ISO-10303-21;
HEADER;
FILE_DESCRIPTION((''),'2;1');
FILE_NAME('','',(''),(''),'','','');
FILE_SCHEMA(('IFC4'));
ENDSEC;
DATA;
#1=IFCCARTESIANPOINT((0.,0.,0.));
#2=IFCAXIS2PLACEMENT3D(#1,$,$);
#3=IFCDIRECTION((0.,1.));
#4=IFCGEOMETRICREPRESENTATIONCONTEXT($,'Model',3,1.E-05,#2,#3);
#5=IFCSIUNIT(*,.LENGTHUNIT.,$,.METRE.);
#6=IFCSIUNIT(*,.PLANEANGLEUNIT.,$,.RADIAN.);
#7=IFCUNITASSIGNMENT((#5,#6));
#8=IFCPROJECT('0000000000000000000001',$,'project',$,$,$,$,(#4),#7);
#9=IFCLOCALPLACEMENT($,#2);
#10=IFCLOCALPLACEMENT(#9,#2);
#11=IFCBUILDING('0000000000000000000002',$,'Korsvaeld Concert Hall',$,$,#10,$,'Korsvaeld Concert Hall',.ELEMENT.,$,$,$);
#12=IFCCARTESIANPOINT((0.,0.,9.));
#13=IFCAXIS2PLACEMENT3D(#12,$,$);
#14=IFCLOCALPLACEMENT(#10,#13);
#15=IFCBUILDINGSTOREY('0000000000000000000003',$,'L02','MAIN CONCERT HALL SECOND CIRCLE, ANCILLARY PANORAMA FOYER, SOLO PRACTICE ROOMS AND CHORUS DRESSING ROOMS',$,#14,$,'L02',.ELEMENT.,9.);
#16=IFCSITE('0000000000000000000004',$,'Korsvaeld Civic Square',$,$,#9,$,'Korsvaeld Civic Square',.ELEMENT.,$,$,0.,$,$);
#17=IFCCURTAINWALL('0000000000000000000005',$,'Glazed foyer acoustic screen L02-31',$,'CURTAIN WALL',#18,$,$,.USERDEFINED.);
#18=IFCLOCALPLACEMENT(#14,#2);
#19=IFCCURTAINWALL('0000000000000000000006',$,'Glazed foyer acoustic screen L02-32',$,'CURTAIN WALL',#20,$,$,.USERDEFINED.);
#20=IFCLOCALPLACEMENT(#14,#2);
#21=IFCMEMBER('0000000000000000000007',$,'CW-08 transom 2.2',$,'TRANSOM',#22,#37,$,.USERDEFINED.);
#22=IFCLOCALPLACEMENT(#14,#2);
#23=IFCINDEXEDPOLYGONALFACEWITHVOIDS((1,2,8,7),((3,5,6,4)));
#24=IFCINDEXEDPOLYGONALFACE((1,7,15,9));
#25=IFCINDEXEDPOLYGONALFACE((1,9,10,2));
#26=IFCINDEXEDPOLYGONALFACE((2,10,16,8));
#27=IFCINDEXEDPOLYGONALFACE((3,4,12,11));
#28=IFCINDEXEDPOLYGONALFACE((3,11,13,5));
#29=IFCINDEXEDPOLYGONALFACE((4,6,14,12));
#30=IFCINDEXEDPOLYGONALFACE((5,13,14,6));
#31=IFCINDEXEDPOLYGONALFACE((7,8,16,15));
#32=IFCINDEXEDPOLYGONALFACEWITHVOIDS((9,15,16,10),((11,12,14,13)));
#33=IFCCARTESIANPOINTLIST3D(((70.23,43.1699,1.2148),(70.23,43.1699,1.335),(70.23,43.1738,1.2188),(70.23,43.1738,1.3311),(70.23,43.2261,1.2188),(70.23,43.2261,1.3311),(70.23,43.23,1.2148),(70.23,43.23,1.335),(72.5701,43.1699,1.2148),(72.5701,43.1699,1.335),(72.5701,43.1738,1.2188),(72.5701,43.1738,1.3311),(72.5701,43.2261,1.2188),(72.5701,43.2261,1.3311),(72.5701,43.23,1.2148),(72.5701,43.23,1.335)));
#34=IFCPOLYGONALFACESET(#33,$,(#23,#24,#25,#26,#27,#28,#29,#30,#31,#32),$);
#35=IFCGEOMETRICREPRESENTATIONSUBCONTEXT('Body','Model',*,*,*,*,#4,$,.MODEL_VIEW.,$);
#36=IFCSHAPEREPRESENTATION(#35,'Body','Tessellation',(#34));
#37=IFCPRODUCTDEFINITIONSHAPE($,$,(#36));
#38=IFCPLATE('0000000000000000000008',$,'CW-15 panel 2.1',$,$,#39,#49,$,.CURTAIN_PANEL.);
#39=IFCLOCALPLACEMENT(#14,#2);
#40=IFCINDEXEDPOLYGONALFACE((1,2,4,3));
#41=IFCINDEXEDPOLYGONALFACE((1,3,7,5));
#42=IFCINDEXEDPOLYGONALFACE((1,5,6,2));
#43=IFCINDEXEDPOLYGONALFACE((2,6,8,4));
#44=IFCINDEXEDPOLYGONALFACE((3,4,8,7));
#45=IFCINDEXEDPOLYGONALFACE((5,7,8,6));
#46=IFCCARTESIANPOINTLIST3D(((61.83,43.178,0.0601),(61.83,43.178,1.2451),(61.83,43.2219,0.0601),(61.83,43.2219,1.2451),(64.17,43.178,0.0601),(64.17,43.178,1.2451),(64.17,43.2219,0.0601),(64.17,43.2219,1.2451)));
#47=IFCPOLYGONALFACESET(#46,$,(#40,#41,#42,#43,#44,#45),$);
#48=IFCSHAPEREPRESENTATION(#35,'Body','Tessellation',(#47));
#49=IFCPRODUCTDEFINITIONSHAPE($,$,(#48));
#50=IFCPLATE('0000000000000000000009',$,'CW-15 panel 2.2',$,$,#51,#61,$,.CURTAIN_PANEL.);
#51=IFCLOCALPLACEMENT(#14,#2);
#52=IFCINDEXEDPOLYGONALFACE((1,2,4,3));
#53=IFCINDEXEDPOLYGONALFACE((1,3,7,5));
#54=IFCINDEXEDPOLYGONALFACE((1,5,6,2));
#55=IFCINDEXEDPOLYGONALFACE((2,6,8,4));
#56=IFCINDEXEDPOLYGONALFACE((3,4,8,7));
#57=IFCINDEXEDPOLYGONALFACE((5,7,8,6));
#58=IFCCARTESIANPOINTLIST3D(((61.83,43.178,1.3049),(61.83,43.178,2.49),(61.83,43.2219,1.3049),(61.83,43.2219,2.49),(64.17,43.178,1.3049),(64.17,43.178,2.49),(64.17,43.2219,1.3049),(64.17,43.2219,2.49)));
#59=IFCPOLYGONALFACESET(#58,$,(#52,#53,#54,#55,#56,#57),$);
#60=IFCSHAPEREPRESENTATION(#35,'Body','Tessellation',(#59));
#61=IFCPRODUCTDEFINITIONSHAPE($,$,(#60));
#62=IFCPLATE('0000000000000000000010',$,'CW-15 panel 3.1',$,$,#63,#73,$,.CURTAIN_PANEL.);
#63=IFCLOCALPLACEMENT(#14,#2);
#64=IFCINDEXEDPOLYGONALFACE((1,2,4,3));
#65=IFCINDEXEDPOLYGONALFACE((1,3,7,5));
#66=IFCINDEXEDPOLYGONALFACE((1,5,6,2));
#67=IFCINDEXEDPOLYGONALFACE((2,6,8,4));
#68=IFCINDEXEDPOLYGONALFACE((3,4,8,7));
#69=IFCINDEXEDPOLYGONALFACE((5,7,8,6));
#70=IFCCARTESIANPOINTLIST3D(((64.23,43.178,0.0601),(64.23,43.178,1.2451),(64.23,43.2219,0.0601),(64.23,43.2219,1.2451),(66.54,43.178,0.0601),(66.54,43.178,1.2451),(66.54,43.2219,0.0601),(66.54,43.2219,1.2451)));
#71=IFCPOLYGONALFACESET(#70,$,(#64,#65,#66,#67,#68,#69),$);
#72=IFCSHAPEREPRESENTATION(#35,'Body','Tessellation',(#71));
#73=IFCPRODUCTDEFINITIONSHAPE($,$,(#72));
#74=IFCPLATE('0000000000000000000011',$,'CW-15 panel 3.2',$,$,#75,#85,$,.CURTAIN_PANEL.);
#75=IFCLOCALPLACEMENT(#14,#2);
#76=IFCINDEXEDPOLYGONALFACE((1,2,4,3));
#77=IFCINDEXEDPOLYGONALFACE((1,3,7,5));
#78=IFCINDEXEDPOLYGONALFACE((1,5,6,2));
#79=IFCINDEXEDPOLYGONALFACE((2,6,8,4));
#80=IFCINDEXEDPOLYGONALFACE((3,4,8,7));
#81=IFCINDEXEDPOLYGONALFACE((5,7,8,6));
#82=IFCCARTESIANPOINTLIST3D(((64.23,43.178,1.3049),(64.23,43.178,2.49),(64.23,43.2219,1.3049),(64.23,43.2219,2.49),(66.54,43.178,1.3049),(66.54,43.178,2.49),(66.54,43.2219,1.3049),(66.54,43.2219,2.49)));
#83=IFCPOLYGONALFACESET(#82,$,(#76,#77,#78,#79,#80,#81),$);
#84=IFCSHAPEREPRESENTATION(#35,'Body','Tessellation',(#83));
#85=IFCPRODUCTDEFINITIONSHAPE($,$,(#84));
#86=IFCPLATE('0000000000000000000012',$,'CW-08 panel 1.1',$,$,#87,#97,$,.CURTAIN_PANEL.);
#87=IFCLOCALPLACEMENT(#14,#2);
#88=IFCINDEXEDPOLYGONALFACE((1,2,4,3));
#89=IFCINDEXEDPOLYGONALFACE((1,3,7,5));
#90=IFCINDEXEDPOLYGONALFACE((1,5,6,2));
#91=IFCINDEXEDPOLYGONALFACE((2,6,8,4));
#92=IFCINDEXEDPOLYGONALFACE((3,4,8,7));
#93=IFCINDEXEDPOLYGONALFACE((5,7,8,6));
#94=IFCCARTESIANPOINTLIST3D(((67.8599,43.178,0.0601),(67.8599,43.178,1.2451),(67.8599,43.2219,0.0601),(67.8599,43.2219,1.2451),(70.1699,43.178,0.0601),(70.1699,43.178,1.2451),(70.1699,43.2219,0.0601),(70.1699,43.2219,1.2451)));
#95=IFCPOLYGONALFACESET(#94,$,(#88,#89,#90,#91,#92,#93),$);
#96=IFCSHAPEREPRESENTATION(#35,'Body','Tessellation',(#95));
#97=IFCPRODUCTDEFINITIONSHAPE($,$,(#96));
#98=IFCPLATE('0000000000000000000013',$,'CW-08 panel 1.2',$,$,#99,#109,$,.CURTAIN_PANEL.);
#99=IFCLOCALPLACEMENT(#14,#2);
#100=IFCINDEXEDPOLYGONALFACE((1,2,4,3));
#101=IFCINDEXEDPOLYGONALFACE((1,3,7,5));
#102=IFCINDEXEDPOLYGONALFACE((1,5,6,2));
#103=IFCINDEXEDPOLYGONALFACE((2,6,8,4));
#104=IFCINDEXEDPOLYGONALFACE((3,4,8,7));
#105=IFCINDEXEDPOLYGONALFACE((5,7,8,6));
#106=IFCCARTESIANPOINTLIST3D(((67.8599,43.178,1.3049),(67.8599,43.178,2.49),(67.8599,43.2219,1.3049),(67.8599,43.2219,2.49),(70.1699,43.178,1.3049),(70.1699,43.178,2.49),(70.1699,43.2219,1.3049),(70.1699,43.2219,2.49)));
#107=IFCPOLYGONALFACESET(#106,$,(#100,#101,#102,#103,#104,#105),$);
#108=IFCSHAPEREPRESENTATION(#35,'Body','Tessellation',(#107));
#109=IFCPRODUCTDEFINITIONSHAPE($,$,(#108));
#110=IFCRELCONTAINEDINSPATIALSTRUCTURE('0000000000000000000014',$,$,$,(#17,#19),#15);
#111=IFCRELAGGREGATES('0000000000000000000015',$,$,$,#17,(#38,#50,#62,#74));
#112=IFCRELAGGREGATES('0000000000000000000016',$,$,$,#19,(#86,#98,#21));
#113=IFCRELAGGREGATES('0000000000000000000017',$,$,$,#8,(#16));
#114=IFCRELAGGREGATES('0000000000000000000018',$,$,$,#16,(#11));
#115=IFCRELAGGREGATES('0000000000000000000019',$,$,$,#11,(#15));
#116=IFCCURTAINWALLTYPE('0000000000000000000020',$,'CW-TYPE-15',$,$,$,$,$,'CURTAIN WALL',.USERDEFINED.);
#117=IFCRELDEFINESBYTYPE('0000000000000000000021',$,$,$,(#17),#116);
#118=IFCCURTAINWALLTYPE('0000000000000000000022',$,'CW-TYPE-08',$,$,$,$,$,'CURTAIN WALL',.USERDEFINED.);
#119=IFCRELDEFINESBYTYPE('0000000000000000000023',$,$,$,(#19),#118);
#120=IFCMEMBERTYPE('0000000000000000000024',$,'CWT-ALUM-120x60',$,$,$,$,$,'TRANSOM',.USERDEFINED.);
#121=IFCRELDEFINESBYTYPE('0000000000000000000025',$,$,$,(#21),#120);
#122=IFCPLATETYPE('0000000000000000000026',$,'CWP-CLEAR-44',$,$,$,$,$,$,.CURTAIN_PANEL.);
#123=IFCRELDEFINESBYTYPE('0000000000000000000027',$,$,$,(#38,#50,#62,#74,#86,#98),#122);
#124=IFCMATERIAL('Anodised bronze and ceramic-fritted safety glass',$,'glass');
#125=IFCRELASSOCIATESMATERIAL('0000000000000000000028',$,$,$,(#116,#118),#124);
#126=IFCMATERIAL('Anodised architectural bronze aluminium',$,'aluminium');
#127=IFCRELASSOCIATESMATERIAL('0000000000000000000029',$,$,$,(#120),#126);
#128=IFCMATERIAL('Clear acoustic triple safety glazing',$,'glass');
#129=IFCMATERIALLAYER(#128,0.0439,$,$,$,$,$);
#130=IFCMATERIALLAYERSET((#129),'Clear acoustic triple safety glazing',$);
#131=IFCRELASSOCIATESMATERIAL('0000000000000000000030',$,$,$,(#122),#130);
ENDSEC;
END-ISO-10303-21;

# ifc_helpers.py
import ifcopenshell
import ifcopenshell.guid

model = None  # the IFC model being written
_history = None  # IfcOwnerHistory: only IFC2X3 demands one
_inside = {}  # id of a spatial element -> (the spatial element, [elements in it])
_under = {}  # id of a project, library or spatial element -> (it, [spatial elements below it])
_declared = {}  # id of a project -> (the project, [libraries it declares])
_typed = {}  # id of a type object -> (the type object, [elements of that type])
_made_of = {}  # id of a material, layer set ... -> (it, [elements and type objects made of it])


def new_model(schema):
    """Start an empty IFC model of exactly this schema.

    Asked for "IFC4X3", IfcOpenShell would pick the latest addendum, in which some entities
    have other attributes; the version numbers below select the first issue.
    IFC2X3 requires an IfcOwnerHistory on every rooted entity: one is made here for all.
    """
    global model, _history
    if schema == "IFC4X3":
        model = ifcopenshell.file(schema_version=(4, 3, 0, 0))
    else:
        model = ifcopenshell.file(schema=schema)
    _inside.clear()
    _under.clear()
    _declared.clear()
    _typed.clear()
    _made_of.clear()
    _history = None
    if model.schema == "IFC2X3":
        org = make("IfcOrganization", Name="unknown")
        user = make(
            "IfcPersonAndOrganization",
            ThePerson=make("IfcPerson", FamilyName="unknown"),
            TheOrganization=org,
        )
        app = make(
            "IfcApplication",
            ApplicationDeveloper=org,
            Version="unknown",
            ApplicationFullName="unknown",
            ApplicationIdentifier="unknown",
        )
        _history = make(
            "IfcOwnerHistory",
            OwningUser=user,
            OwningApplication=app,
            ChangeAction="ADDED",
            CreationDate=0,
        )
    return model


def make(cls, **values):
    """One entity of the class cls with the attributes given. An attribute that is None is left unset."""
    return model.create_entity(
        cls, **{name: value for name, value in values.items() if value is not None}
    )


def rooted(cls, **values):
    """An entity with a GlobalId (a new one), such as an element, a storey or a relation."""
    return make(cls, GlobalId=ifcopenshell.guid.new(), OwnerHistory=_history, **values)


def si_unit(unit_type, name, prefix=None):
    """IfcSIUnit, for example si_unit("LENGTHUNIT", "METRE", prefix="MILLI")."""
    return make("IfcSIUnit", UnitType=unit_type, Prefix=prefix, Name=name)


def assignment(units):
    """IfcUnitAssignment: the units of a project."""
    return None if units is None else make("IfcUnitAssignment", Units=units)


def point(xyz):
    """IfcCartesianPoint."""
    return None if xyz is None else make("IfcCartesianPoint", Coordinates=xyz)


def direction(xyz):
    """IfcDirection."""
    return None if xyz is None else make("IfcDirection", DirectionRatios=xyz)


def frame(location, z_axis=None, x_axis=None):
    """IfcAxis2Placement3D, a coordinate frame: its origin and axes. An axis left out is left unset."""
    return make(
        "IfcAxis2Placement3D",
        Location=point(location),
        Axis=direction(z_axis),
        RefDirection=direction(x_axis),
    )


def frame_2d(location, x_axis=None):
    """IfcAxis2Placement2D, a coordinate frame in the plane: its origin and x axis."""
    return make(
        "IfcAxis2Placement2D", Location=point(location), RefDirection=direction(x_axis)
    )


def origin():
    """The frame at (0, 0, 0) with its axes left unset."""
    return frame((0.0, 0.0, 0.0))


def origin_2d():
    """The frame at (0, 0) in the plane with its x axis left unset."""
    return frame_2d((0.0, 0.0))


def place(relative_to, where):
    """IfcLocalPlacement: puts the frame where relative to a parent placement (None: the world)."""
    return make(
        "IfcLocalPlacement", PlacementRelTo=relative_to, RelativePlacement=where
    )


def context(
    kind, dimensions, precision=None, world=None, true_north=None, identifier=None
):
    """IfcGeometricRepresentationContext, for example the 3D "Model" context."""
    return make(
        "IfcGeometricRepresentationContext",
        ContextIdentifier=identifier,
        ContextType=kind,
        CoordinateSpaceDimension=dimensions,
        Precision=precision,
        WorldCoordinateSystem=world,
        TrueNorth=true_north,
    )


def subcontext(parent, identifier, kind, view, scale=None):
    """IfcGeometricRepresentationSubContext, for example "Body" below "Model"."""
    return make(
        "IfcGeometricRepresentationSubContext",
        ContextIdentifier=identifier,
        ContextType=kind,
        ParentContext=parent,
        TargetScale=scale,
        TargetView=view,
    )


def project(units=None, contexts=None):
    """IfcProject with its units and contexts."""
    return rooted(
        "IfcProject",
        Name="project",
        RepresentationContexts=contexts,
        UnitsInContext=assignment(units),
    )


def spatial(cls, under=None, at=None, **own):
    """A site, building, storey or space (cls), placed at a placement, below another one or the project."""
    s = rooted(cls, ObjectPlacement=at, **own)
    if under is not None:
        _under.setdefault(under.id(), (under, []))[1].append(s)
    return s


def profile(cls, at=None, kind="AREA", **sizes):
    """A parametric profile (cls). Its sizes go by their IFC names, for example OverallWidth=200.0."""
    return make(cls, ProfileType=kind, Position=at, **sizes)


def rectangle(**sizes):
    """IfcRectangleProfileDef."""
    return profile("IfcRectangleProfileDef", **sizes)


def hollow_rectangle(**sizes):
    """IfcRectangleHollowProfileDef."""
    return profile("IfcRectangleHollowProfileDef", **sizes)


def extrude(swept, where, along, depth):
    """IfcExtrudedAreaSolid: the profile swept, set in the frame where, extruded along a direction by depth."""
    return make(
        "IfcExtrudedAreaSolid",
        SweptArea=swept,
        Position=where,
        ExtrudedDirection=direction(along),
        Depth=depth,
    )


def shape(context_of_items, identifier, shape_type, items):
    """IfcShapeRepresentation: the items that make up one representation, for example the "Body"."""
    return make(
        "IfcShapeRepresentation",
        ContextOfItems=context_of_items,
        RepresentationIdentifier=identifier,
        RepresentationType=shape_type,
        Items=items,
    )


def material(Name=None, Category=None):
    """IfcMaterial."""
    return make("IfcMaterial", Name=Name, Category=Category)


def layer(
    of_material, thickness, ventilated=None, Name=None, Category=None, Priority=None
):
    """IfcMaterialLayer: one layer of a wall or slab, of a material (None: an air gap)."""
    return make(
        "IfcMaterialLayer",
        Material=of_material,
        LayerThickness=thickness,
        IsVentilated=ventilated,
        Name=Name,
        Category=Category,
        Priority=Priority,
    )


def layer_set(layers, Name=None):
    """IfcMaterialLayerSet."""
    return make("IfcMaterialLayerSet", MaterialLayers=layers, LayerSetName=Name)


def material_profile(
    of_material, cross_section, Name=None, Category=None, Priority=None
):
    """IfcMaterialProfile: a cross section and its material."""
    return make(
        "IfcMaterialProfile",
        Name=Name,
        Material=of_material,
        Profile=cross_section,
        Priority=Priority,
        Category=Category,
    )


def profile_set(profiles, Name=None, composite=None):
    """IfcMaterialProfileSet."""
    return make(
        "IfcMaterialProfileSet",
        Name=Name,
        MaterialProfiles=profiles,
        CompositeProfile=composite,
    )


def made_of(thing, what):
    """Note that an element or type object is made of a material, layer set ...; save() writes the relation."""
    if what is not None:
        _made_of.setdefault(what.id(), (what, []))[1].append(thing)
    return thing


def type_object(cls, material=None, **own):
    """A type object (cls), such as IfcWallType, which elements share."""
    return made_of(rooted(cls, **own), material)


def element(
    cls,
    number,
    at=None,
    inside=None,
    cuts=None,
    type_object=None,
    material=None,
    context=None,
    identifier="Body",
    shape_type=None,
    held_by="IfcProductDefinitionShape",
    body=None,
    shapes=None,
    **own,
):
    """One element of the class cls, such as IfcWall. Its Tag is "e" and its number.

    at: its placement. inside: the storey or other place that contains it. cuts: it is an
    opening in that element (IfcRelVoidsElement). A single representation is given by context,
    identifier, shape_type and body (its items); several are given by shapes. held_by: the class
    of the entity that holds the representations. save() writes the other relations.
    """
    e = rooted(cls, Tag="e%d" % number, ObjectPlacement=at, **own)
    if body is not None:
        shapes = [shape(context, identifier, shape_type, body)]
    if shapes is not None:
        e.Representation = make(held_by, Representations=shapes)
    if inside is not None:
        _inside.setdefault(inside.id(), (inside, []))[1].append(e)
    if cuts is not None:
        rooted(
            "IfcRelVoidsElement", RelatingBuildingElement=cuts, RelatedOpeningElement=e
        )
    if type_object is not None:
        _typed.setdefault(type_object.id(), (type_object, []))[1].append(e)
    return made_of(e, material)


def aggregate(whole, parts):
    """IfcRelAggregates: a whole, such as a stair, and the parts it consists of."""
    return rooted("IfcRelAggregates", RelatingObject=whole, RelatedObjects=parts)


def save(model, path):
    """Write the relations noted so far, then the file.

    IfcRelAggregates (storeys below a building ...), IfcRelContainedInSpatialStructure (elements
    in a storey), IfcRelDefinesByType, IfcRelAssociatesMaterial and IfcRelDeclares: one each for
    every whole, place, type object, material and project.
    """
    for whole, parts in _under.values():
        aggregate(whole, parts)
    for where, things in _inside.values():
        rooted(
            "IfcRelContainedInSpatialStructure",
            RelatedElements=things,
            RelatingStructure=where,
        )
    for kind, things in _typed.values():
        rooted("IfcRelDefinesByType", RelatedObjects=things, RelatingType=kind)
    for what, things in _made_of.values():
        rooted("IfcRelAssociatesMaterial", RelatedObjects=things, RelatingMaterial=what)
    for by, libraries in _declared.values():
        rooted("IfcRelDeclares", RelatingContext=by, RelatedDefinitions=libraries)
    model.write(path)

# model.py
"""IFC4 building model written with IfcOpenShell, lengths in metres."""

from ifc_helpers import new_model, si_unit, direction, frame, origin, origin_2d, place, context, subcontext, project, spatial, rectangle, hollow_rectangle, extrude, material, layer, layer_set, material_profile, profile_set, type_object, element, aggregate, save


model = new_model("IFC4")

# Units and contexts
model_context = context("Model", 3, precision=1e-05, world=origin(), true_north=direction((0.0, 1.0)))
body_context = subcontext(model_context, "Body", "Model", "MODEL_VIEW")
ifc_project = project(units=[si_unit("LENGTHUNIT", "METRE"), si_unit("PLANEANGLEUNIT", "RADIAN")], contexts=[model_context])

# Site, building, storey
site_placement = place(None, origin())
site = spatial("IfcSite", under=ifc_project, at=site_placement, Name="Korsvaeld Civic Square", LongName="Korsvaeld Civic Square", CompositionType="ELEMENT", RefElevation=0.0)
building_placement = place(site_placement, origin())
building = spatial("IfcBuilding", under=site, at=building_placement, Name="Korsvaeld Concert Hall", LongName="Korsvaeld Concert Hall", CompositionType="ELEMENT")
storey_placement = place(building_placement, frame((0.0, 0.0, 9.0)))
storey = spatial("IfcBuildingStorey", under=building, at=storey_placement, Name="L02", Description="MAIN CONCERT HALL SECOND CIRCLE, ANCILLARY PANORAMA FOYER, SOLO PRACTICE ROOMS AND CHORUS DRESSING ROOMS", LongName="L02", CompositionType="ELEMENT", Elevation=9.0)

# Curtain walls
ifc_material_1 = material(Name="Anodised bronze and ceramic-fritted safety glass", Category="glass")
curtain_wall_type_1 = type_object("IfcCurtainWallType", Name="CW-TYPE-15", ElementType="CURTAIN WALL", PredefinedType="USERDEFINED", material=ifc_material_1)
curtain_wall_1_placement = place(storey_placement, origin())
curtain_wall_1 = element("IfcCurtainWall", 1, at=curtain_wall_1_placement, inside=storey, type_object=curtain_wall_type_1, Name="Glazed foyer acoustic screen L02-31", ObjectType="CURTAIN WALL", PredefinedType="USERDEFINED")
ifc_material_2 = material(Name="Anodised architectural bronze aluminium", Category="aluminium")
curtain_wall_type_2 = type_object("IfcCurtainWallType", Name="CW-TYPE-08", ElementType="CURTAIN WALL", PredefinedType="USERDEFINED", material=ifc_material_1)
curtain_wall_2_placement = place(storey_placement, origin())
curtain_wall_2 = element("IfcCurtainWall", 2, at=curtain_wall_2_placement, inside=storey, type_object=curtain_wall_type_2, Name="Glazed foyer acoustic screen L02-32", ObjectType="CURTAIN WALL", PredefinedType="USERDEFINED")

# Member
ifc_material_profile_1 = material_profile(ifc_material_2, hollow_rectangle(XDim=0.0601, YDim=0.1201, WallThickness=0.0039, at=origin_2d()), Name="CWT 120x60x4")
ifc_profile_set_1 = profile_set([ifc_material_profile_1], Name="Anodised architectural bronze aluminium")
member_type_1 = type_object("IfcMemberType", Name="CWT-ALUM-120x60", ElementType="TRANSOM", PredefinedType="USERDEFINED", material=ifc_profile_set_1)
member_1_placement = place(storey_placement, frame((70.23, 43.2, 1.2749), z_axis=(1.0, 0.0, 0.0), x_axis=(0.0, 1.0, 0.0)))
member_1 = element("IfcMember", 3, at=member_1_placement, type_object=member_type_1, Name="CW-08 transom 2.2", ObjectType="TRANSOM", PredefinedType="USERDEFINED", context=body_context, shape_type="SweptSolid", body=[
    extrude(hollow_rectangle(XDim=0.0601, YDim=0.1201, WallThickness=0.0039, at=origin_2d()), origin(), (0.0, 0.0, 1.0), 2.3401),
])

# Plates
ifc_material_3 = material(Name="Clear acoustic triple safety glazing", Category="glass")
ifc_layer = layer(ifc_material_3, 0.0439)
ifc_layer_set = layer_set([ifc_layer], Name="Clear acoustic triple safety glazing")
plate_type = type_object("IfcPlateType", Name="CWP-CLEAR-44", PredefinedType="CURTAIN_PANEL", material=ifc_layer_set)
plate_1_placement = place(storey_placement, frame((63.0, 43.2, 0.0601), z_axis=(0.0, 0.0, 1.0), x_axis=(1.0, 0.0, 0.0)))
plate_1 = element("IfcPlate", 4, at=plate_1_placement, type_object=plate_type, Name="CW-15 panel 2.1", PredefinedType="CURTAIN_PANEL", context=body_context, shape_type="SweptSolid", body=[
    extrude(rectangle(XDim=2.3401, YDim=0.0439, at=origin_2d()), origin(), (0.0, 0.0, 1.0), 1.1851),
])
plate_2_placement = place(storey_placement, frame((63.0, 43.2, 1.3049), z_axis=(0.0, 0.0, 1.0), x_axis=(1.0, 0.0, 0.0)))
plate_2 = element("IfcPlate", 5, at=plate_2_placement, type_object=plate_type, Name="CW-15 panel 2.2", PredefinedType="CURTAIN_PANEL", context=body_context, shape_type="SweptSolid", body=[
    extrude(rectangle(XDim=2.3401, YDim=0.0439, at=origin_2d()), origin(), (0.0, 0.0, 1.0), 1.1851),
])
plate_3_placement = place(storey_placement, frame((65.385, 43.2, 0.0601), z_axis=(0.0, 0.0, 1.0), x_axis=(1.0, 0.0, 0.0)))
plate_3 = element("IfcPlate", 6, at=plate_3_placement, type_object=plate_type, Name="CW-15 panel 3.1", PredefinedType="CURTAIN_PANEL", context=body_context, shape_type="SweptSolid", body=[
    extrude(rectangle(XDim=2.3101, YDim=0.0439, at=origin_2d()), origin(), (0.0, 0.0, 1.0), 1.1851),
])
plate_4_placement = place(storey_placement, frame((65.385, 43.2, 1.3049), z_axis=(0.0, 0.0, 1.0), x_axis=(1.0, 0.0, 0.0)))
plate_4 = element("IfcPlate", 7, at=plate_4_placement, type_object=plate_type, Name="CW-15 panel 3.2", PredefinedType="CURTAIN_PANEL", context=body_context, shape_type="SweptSolid", body=[
    extrude(rectangle(XDim=2.3101, YDim=0.0439, at=origin_2d()), origin(), (0.0, 0.0, 1.0), 1.1851),
])
aggregate(curtain_wall_1, [plate_1, plate_2, plate_3, plate_4])
plate_5_placement = place(storey_placement, frame((69.0149, 43.2, 0.0601), z_axis=(0.0, 0.0, 1.0), x_axis=(1.0, 0.0, 0.0)))
plate_5 = element("IfcPlate", 8, at=plate_5_placement, type_object=plate_type, Name="CW-08 panel 1.1", PredefinedType="CURTAIN_PANEL", context=body_context, shape_type="SweptSolid", body=[
    extrude(rectangle(XDim=2.3101, YDim=0.0439, at=origin_2d()), origin(), (0.0, 0.0, 1.0), 1.1851),
])
plate_6_placement = place(storey_placement, frame((69.0149, 43.2, 1.3049), z_axis=(0.0, 0.0, 1.0), x_axis=(1.0, 0.0, 0.0)))
plate_6 = element("IfcPlate", 9, at=plate_6_placement, type_object=plate_type, Name="CW-08 panel 1.2", PredefinedType="CURTAIN_PANEL", context=body_context, shape_type="SweptSolid", body=[
    extrude(rectangle(XDim=2.3101, YDim=0.0439, at=origin_2d()), origin(), (0.0, 0.0, 1.0), 1.1851),
])
aggregate(curtain_wall_2, [plate_5, plate_6, member_1])

save(model, "model.ifc")
